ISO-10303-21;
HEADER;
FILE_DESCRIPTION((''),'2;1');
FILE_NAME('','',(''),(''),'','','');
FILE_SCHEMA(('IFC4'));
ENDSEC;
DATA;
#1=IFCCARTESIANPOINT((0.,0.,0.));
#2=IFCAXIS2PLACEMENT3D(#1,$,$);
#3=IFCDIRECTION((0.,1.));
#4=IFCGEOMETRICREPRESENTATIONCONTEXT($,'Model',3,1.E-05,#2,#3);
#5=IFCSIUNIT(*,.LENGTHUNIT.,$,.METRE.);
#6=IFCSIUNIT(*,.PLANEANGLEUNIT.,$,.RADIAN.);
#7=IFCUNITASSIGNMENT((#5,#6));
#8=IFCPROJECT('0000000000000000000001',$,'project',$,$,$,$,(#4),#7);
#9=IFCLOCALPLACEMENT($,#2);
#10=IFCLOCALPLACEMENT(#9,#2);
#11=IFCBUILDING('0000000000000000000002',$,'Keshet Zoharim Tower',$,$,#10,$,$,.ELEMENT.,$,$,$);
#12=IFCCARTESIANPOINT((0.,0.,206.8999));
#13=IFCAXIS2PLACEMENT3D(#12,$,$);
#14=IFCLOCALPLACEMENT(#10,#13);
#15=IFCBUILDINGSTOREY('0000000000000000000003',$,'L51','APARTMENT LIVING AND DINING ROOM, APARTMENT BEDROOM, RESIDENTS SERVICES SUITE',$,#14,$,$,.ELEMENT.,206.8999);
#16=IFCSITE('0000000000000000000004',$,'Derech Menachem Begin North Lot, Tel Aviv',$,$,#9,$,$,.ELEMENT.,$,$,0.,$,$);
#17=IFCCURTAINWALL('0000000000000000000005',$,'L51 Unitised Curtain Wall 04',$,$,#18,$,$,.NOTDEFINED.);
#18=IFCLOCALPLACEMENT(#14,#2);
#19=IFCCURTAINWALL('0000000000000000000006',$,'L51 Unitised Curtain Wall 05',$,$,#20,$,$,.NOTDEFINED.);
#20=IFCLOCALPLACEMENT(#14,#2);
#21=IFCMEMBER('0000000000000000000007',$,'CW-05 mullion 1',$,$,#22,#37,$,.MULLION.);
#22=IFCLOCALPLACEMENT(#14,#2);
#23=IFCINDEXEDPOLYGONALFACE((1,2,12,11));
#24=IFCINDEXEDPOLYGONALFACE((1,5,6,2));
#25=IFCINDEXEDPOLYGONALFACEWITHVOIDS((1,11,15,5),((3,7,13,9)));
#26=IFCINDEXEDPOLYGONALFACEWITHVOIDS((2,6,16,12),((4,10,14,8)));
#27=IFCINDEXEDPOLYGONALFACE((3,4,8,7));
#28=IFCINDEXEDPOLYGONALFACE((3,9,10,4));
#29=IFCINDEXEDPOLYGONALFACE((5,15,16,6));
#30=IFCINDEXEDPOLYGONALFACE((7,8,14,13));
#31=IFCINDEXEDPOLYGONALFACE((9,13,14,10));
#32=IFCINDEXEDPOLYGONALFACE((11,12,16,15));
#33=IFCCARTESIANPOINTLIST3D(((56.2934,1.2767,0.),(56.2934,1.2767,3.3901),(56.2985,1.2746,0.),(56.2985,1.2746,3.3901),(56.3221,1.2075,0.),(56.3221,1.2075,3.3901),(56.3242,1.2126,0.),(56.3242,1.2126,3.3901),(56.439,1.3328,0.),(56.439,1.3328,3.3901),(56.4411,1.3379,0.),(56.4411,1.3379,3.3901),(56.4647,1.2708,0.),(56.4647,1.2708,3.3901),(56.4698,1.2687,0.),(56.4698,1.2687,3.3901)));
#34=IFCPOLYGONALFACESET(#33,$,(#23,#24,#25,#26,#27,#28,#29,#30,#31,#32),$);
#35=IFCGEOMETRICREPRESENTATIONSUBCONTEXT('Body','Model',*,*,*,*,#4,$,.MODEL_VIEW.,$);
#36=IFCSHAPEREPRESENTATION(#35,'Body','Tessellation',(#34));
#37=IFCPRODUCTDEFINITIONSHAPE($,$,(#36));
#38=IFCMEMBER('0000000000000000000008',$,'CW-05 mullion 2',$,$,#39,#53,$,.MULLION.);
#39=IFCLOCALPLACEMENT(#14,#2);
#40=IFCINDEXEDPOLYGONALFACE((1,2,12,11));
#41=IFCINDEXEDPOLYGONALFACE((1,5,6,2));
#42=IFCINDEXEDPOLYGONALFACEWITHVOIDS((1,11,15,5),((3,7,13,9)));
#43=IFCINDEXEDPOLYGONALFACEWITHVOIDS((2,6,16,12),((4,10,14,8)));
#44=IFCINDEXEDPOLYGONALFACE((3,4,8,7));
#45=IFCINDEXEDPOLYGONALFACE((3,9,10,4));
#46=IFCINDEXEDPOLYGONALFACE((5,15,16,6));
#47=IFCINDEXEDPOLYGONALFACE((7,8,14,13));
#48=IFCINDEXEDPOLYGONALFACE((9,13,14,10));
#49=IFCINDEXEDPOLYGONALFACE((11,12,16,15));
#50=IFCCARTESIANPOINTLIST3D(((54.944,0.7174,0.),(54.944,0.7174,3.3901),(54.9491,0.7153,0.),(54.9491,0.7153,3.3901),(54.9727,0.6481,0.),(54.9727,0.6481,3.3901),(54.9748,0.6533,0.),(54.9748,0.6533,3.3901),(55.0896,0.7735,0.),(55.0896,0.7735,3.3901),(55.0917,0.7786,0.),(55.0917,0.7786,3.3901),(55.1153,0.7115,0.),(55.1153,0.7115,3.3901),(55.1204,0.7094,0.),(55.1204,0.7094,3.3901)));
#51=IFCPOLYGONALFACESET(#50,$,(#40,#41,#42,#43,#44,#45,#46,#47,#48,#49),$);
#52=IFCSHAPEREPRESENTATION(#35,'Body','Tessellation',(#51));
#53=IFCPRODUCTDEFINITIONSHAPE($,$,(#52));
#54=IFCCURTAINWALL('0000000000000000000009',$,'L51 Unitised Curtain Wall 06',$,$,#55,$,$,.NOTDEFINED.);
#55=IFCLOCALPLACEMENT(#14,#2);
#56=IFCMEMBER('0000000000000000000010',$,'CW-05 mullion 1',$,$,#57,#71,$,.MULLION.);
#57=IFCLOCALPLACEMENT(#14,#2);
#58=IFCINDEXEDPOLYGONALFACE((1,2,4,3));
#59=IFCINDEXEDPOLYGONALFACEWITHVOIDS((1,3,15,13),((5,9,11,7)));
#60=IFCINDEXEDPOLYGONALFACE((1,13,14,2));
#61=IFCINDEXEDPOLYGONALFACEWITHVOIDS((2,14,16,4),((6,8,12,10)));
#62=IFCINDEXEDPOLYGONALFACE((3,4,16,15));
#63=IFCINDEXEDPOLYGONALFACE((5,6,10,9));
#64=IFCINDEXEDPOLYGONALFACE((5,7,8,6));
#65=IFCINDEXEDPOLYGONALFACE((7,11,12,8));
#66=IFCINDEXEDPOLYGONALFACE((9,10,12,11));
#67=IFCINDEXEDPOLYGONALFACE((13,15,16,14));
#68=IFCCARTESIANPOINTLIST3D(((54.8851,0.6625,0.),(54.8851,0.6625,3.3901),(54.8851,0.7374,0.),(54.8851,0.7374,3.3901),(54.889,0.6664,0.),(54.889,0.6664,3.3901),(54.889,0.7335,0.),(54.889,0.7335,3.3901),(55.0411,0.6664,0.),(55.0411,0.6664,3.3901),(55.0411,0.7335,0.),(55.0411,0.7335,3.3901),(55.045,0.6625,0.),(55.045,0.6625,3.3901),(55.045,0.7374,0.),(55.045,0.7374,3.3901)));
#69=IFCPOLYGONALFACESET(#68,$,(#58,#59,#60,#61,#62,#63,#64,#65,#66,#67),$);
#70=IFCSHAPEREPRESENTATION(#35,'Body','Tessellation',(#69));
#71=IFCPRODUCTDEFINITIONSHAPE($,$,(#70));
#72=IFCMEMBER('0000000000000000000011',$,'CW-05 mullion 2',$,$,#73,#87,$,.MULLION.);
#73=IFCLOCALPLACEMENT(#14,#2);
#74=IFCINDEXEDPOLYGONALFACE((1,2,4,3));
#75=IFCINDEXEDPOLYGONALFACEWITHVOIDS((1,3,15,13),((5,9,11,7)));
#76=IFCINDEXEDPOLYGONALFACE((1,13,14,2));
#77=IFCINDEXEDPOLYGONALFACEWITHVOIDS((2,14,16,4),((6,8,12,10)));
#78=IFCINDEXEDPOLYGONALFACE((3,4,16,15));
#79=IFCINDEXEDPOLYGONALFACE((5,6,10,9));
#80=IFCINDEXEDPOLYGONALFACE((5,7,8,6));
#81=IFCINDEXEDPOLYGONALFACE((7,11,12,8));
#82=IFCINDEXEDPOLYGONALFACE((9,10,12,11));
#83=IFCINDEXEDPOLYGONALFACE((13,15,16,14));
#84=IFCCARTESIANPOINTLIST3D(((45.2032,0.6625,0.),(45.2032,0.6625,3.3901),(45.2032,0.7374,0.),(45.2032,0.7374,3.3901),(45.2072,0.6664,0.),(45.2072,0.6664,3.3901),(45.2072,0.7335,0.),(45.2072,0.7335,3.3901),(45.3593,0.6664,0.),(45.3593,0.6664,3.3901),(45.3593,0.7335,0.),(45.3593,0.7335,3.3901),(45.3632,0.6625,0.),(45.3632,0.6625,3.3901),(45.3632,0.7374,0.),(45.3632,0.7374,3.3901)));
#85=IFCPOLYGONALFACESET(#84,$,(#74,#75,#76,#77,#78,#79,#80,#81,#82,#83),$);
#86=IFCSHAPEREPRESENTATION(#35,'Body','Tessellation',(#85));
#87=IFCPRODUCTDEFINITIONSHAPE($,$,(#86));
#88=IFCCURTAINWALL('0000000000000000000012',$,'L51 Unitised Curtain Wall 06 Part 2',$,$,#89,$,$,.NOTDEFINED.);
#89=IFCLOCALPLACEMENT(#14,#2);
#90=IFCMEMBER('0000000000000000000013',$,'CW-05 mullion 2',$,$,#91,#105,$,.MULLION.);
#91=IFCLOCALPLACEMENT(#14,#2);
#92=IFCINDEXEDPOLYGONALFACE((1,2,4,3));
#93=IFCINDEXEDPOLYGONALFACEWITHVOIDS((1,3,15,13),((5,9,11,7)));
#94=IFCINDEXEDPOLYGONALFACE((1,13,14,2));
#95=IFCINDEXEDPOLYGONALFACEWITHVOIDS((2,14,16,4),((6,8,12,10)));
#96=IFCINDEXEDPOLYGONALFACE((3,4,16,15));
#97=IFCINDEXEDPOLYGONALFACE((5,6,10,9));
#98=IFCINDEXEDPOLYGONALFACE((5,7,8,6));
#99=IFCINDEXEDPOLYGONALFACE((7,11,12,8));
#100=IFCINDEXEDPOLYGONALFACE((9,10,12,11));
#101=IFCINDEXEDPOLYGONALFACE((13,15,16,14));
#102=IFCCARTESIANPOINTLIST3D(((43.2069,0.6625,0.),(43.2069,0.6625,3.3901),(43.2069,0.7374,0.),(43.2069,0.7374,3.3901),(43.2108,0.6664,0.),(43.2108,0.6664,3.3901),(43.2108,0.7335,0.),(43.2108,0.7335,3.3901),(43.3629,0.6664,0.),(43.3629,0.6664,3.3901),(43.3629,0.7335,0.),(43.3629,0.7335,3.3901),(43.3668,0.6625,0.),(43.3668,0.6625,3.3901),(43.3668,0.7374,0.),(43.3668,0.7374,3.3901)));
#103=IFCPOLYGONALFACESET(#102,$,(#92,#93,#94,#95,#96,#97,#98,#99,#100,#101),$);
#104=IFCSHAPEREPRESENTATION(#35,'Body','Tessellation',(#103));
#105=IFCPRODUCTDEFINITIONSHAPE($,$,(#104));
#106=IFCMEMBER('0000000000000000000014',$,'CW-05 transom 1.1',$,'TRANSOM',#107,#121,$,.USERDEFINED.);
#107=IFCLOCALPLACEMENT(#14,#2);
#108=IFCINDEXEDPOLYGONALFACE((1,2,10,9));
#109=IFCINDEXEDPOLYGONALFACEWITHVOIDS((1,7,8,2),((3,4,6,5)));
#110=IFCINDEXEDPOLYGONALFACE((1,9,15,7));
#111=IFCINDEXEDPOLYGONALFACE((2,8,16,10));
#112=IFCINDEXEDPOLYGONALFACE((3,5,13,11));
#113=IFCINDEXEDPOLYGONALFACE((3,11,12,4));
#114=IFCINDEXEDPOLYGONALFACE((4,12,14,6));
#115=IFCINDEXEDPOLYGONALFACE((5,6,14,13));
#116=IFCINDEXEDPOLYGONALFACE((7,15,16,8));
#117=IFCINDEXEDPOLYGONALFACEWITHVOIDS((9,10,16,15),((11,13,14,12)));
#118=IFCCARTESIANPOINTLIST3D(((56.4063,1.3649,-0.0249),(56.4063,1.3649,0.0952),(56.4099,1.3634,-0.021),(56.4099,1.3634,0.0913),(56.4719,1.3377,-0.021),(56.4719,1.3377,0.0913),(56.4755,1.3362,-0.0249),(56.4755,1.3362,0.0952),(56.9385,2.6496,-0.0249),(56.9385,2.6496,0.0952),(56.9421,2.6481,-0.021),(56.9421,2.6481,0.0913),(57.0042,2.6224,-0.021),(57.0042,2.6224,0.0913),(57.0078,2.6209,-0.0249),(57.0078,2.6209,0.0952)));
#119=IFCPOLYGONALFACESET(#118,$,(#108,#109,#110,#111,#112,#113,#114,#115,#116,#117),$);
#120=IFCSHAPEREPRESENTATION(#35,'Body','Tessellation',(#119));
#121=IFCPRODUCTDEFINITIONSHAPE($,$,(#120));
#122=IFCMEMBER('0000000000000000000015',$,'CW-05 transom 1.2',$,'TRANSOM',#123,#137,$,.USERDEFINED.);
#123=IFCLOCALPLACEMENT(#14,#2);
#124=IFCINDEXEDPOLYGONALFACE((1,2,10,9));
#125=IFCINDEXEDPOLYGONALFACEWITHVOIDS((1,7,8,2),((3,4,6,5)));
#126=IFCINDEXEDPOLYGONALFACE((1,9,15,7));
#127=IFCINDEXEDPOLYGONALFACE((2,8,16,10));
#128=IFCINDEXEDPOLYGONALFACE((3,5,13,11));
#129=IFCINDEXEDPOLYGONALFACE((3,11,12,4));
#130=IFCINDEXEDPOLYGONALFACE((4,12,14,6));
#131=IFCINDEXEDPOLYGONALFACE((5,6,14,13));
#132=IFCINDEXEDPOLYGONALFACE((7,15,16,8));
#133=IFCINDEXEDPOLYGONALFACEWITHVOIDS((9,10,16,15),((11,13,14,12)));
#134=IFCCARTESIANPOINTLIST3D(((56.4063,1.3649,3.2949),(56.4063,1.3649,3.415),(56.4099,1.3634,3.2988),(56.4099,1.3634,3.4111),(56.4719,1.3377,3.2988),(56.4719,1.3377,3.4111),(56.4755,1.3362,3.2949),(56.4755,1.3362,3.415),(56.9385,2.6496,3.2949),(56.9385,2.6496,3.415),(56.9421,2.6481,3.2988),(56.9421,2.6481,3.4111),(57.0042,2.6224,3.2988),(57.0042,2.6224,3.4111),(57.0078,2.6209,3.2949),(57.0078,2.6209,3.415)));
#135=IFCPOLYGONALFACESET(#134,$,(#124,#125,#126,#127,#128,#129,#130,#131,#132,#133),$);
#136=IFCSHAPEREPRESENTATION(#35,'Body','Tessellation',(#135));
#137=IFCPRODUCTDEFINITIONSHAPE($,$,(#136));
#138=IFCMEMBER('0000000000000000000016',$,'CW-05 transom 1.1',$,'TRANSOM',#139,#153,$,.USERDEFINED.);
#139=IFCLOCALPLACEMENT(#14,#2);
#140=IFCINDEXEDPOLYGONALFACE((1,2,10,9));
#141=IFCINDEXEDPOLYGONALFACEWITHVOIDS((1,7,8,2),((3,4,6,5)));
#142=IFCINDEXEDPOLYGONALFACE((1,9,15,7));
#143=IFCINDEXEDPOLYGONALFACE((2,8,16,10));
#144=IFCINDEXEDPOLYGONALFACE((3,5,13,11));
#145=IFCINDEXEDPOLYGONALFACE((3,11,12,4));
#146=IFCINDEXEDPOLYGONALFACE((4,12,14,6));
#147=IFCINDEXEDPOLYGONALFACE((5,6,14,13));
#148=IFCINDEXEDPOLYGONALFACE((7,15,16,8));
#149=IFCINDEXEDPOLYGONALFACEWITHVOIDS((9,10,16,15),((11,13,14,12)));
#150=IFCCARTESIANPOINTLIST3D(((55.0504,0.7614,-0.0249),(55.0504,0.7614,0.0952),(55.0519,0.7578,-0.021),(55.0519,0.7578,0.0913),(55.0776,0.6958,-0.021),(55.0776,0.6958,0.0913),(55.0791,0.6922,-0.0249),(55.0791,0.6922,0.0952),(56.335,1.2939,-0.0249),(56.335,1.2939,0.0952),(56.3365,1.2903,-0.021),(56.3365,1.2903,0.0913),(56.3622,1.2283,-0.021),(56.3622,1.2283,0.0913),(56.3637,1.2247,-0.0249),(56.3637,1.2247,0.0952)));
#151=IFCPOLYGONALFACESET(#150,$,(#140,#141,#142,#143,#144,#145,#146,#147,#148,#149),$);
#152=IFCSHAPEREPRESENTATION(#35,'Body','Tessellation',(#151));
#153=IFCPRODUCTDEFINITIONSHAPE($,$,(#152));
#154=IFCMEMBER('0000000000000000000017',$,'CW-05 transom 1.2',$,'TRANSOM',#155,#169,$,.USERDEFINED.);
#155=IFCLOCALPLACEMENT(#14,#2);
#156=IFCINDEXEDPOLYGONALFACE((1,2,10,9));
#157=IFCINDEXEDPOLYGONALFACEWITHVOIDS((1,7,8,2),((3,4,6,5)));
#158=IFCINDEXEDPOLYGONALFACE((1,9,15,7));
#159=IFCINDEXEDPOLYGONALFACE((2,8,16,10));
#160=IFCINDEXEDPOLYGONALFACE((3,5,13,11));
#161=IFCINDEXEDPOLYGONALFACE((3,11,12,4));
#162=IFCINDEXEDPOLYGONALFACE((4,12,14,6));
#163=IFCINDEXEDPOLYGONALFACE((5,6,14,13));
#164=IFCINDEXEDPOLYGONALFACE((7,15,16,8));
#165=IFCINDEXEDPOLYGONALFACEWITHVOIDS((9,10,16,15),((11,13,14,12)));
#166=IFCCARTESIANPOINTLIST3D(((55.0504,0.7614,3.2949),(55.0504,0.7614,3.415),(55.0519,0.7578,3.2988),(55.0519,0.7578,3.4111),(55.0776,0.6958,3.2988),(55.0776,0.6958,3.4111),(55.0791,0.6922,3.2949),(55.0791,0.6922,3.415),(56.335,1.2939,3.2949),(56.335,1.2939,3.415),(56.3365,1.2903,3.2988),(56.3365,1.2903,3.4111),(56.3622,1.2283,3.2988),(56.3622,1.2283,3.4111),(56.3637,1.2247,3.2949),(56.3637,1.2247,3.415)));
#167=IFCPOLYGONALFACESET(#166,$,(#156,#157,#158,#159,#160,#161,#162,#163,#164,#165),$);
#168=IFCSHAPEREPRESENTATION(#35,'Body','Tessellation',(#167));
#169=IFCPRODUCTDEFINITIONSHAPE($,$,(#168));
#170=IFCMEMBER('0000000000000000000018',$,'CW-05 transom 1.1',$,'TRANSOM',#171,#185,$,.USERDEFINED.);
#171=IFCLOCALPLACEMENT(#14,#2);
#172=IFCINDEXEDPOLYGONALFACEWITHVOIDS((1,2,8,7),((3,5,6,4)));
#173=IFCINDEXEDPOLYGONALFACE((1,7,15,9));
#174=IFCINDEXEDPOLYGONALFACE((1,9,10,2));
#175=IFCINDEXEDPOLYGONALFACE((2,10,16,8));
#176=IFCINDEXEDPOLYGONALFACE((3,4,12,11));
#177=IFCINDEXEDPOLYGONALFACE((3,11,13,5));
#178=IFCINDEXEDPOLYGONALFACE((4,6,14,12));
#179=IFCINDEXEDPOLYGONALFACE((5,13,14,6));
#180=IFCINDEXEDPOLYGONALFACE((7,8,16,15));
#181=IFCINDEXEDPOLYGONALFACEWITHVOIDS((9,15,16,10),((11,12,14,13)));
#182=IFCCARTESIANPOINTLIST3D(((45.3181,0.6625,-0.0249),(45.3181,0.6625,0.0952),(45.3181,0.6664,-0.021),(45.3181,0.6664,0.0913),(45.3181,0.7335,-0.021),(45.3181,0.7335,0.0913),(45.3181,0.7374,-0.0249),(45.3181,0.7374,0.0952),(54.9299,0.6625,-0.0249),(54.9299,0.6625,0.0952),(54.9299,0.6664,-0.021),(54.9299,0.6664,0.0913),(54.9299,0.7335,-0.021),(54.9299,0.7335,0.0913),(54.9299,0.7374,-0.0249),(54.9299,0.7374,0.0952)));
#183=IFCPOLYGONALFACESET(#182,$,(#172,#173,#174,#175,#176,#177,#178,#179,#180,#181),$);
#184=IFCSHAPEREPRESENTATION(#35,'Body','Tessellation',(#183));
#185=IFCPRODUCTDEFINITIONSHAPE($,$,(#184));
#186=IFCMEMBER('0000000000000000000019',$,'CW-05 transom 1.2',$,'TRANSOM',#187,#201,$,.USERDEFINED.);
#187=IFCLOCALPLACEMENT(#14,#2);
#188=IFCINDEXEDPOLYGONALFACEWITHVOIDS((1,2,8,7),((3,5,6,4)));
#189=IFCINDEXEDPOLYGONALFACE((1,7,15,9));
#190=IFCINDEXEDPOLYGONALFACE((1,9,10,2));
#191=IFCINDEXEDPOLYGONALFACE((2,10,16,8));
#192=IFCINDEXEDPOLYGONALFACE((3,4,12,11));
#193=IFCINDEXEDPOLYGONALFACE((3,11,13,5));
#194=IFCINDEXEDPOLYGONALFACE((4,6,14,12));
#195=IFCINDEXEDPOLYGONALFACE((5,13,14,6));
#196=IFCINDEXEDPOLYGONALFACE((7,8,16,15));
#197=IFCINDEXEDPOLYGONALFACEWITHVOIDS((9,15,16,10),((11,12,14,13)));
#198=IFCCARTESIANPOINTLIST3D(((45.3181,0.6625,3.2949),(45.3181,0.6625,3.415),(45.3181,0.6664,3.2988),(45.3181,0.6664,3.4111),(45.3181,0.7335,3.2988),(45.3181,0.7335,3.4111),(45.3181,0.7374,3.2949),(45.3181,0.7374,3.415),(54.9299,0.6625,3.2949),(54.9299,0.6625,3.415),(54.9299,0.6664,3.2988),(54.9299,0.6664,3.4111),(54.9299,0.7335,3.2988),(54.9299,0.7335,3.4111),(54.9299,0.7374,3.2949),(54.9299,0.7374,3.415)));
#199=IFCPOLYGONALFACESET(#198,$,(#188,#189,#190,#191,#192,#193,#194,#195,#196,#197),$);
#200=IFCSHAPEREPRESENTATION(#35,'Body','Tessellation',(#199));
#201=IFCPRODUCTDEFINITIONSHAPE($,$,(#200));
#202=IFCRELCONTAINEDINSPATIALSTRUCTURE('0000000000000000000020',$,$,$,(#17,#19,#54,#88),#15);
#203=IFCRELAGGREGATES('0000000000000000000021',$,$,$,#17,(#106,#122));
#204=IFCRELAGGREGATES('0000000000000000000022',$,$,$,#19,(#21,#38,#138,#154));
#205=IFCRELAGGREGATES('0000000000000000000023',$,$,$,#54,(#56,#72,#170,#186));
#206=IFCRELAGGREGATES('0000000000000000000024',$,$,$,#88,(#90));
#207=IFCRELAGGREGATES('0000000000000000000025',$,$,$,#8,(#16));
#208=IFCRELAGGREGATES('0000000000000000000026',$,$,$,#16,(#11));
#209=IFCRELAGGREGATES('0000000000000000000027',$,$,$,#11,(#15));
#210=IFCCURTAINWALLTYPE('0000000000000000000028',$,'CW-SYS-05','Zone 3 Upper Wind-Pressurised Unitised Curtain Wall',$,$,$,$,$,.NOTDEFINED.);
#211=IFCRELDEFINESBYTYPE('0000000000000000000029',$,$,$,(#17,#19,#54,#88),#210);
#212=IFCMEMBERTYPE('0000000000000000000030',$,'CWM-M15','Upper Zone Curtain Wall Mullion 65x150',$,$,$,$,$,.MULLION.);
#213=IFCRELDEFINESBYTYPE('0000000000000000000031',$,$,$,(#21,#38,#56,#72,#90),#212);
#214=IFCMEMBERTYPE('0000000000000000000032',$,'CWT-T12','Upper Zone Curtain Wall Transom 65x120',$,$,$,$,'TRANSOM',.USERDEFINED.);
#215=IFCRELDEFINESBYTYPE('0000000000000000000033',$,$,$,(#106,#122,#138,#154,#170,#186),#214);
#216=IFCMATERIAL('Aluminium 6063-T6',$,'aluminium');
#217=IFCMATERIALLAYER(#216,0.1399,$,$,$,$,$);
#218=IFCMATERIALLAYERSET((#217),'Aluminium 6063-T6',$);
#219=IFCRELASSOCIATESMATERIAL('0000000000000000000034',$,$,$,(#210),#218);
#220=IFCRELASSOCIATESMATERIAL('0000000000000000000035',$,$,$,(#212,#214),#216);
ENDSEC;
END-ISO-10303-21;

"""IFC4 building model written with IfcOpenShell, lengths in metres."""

from ifc_helpers import new_model, si_unit, direction, frame, origin, origin_2d, place, context, subcontext, project, spatial, hollow_rectangle, extrude, material, layer, layer_set, material_profile, profile_set, type_object, element, aggregate, save


model = new_model("IFC4")

# Units and contexts
model_context = context("Model", 3, precision=1e-05, world=origin(), true_north=direction((0.0, 1.0)))
body_context = subcontext(model_context, "Body", "Model", "MODEL_VIEW")
ifc_project = project(units=[si_unit("LENGTHUNIT", "METRE"), si_unit("PLANEANGLEUNIT", "RADIAN")], contexts=[model_context])

# Site, building, storey
site_placement = place(None, origin())
site = spatial("IfcSite", under=ifc_project, at=site_placement, Name="Derech Menachem Begin North Lot, Tel Aviv", CompositionType="ELEMENT", RefElevation=0.0)
building_placement = place(site_placement, origin())
building = spatial("IfcBuilding", under=site, at=building_placement, Name="Keshet Zoharim Tower", CompositionType="ELEMENT")
storey_placement = place(building_placement, frame((0.0, 0.0, 206.8999)))
storey = spatial("IfcBuildingStorey", under=building, at=storey_placement, Name="L51", Description="APARTMENT LIVING AND DINING ROOM, APARTMENT BEDROOM, RESIDENTS SERVICES SUITE", CompositionType="ELEMENT", Elevation=206.8999)

# Shared definitions
ifc_material_1 = material(Name="Aluminium 6063-T6", Category="aluminium")
ifc_layer_1 = layer(ifc_material_1, 0.1399)
ifc_layer_set_1 = layer_set([ifc_layer_1], Name="Aluminium 6063-T6")
curtain_wall_type = type_object("IfcCurtainWallType", Name="CW-SYS-05", Description="Zone 3 Upper Wind-Pressurised Unitised Curtain Wall", PredefinedType="NOTDEFINED", material=ifc_layer_set_1)
ifc_material_profile_1 = material_profile(ifc_material_1, hollow_rectangle(XDim=0.075, YDim=0.1599, WallThickness=0.0039, at=origin_2d()), Name="MUL-75x160")
ifc_profile_set_1 = profile_set([ifc_material_profile_1], Name="Aluminium 6063-T6")
member_type_1 = type_object("IfcMemberType", Name="CWM-M15", Description="Upper Zone Curtain Wall Mullion 65x150", PredefinedType="MULLION", material=ifc_profile_set_1)

# Curtain walls, members
curtain_wall_1_placement = place(storey_placement, origin())
curtain_wall_1 = element("IfcCurtainWall", 1, at=curtain_wall_1_placement, inside=storey, type_object=curtain_wall_type, Name="L51 Unitised Curtain Wall 04", PredefinedType="NOTDEFINED")
curtain_wall_2_placement = place(storey_placement, origin())
curtain_wall_2 = element("IfcCurtainWall", 2, at=curtain_wall_2_placement, inside=storey, type_object=curtain_wall_type, Name="L51 Unitised Curtain Wall 05", PredefinedType="NOTDEFINED")
member_1_placement = place(storey_placement, frame((56.3816, 1.2727, 0.0), z_axis=(0.0, 0.0, 1.0), x_axis=(0.382852, -0.92381, 0.0)))
member_1 = element("IfcMember", 3, at=member_1_placement, type_object=member_type_1, Name="CW-05 mullion 1", PredefinedType="MULLION", context=body_context, shape_type="SweptSolid", body=[
    extrude(hollow_rectangle(XDim=0.075, YDim=0.1599, WallThickness=0.0039, at=origin_2d()), origin(), (0.0, 0.0, 1.0), 3.3901),
])
member_2_placement = place(storey_placement, frame((55.0322, 0.7134, 0.0), z_axis=(0.0, 0.0, 1.0), x_axis=(0.382852, -0.92381, 0.0)))
member_2 = element("IfcMember", 4, at=member_2_placement, type_object=member_type_1, Name="CW-05 mullion 2", PredefinedType="MULLION", context=body_context, shape_type="SweptSolid", body=[
    extrude(hollow_rectangle(XDim=0.075, YDim=0.1599, WallThickness=0.0039, at=origin_2d()), origin(), (0.0, 0.0, 1.0), 3.3901),
])
curtain_wall_3_placement = place(storey_placement, origin())
curtain_wall_3 = element("IfcCurtainWall", 5, at=curtain_wall_3_placement, inside=storey, type_object=curtain_wall_type, Name="L51 Unitised Curtain Wall 06", PredefinedType="NOTDEFINED")
member_3_placement = place(storey_placement, frame((54.9651, 0.7, 0.0), z_axis=(0.0, 0.0, 1.0), x_axis=(0.0, -1.0, 0.0)))
member_3 = element("IfcMember", 6, at=member_3_placement, type_object=member_type_1, Name="CW-05 mullion 1", PredefinedType="MULLION", context=body_context, shape_type="SweptSolid", body=[
    extrude(hollow_rectangle(XDim=0.075, YDim=0.1599, WallThickness=0.0039, at=origin_2d()), origin(), (0.0, 0.0, 1.0), 3.3901),
])
member_4_placement = place(storey_placement, frame((45.2832, 0.7, 0.0), z_axis=(0.0, 0.0, 1.0), x_axis=(0.0, -1.0, 0.0)))
member_4 = element("IfcMember", 7, at=member_4_placement, type_object=member_type_1, Name="CW-05 mullion 2", PredefinedType="MULLION", context=body_context, shape_type="SweptSolid", body=[
    extrude(hollow_rectangle(XDim=0.075, YDim=0.1599, WallThickness=0.0039, at=origin_2d()), origin(), (0.0, 0.0, 1.0), 3.3901),
])

# Curtain wall, member
curtain_wall_4_placement = place(storey_placement, origin())
curtain_wall_4 = element("IfcCurtainWall", 8, at=curtain_wall_4_placement, inside=storey, type_object=curtain_wall_type, Name="L51 Unitised Curtain Wall 06 Part 2", PredefinedType="NOTDEFINED")
member_5_placement = place(storey_placement, frame((43.2869, 0.7, 0.0), z_axis=(0.0, 0.0, 1.0), x_axis=(0.0, -1.0, 0.0)))
member_5 = element("IfcMember", 9, at=member_5_placement, type_object=member_type_1, Name="CW-05 mullion 2", PredefinedType="MULLION", context=body_context, shape_type="SweptSolid", body=[
    extrude(hollow_rectangle(XDim=0.075, YDim=0.1599, WallThickness=0.0039, at=origin_2d()), origin(), (0.0, 0.0, 1.0), 3.3901),
])

# Members
ifc_material_profile_2 = material_profile(ifc_material_1, hollow_rectangle(XDim=0.075, YDim=0.1201, WallThickness=0.0039, at=origin_2d()), Name="TRN-75x120")
ifc_profile_set_2 = profile_set([ifc_material_profile_2], Name="Aluminium 6063-T6")
member_type_2 = type_object("IfcMemberType", Name="CWT-T12", Description="Upper Zone Curtain Wall Transom 65x120", ElementType="TRANSOM", PredefinedType="USERDEFINED", material=ifc_profile_set_2)
member_6_placement = place(storey_placement, frame((56.9731, 2.6353, 0.0352), z_axis=(-0.382745, -0.923854, 0.0), x_axis=(0.923854, -0.382745, 0.0)))
member_6 = element("IfcMember", 10, at=member_6_placement, type_object=member_type_2, Name="CW-05 transom 1.1", ObjectType="TRANSOM", PredefinedType="USERDEFINED", context=body_context, shape_type="SweptSolid", body=[
    extrude(hollow_rectangle(XDim=0.075, YDim=0.1201, WallThickness=0.0039, at=origin_2d()), origin(), (0.0, 0.0, 1.0), 1.3906),
])
member_7_placement = place(storey_placement, frame((56.9731, 2.6353, 3.355), z_axis=(-0.382745, -0.923854, 0.0), x_axis=(0.923854, -0.382745, 0.0)))
member_7 = element("IfcMember", 11, at=member_7_placement, type_object=member_type_2, Name="CW-05 transom 1.2", ObjectType="TRANSOM", PredefinedType="USERDEFINED", context=body_context, shape_type="SweptSolid", body=[
    extrude(hollow_rectangle(XDim=0.075, YDim=0.1201, WallThickness=0.0039, at=origin_2d()), origin(), (0.0, 0.0, 1.0), 1.3906),
])
member_8_placement = place(storey_placement, frame((56.3494, 1.2593, 0.0352), z_axis=(-0.923792, -0.382894, 0.0), x_axis=(0.382894, -0.923792, 0.0)))
member_8 = element("IfcMember", 12, at=member_8_placement, type_object=member_type_2, Name="CW-05 transom 1.1", ObjectType="TRANSOM", PredefinedType="USERDEFINED", context=body_context, shape_type="SweptSolid", body=[
    extrude(hollow_rectangle(XDim=0.075, YDim=0.1201, WallThickness=0.0039, at=origin_2d()), origin(), (0.0, 0.0, 1.0), 1.3906),
])
member_9_placement = place(storey_placement, frame((56.3494, 1.2593, 3.355), z_axis=(-0.923792, -0.382894, 0.0), x_axis=(0.382894, -0.923792, 0.0)))
member_9 = element("IfcMember", 13, at=member_9_placement, type_object=member_type_2, Name="CW-05 transom 1.2", ObjectType="TRANSOM", PredefinedType="USERDEFINED", context=body_context, shape_type="SweptSolid", body=[
    extrude(hollow_rectangle(XDim=0.075, YDim=0.1201, WallThickness=0.0039, at=origin_2d()), origin(), (0.0, 0.0, 1.0), 1.3906),
])
member_10_placement = place(storey_placement, frame((54.9299, 0.7, 0.0352), z_axis=(-1.0, 0.0, 0.0), x_axis=(0.0, -1.0, 0.0)))
member_10 = element("IfcMember", 14, at=member_10_placement, type_object=member_type_2, Name="CW-05 transom 1.1", ObjectType="TRANSOM", PredefinedType="USERDEFINED", context=body_context, shape_type="SweptSolid", body=[
    extrude(hollow_rectangle(XDim=0.075, YDim=0.1201, WallThickness=0.0039, at=origin_2d()), origin(), (0.0, 0.0, 1.0), 9.6118),
])
member_11_placement = place(storey_placement, frame((54.9299, 0.7, 3.355), z_axis=(-1.0, 0.0, 0.0), x_axis=(0.0, -1.0, 0.0)))
member_11 = element("IfcMember", 15, at=member_11_placement, type_object=member_type_2, Name="CW-05 transom 1.2", ObjectType="TRANSOM", PredefinedType="USERDEFINED", context=body_context, shape_type="SweptSolid", body=[
    extrude(hollow_rectangle(XDim=0.075, YDim=0.1201, WallThickness=0.0039, at=origin_2d()), origin(), (0.0, 0.0, 1.0), 9.6118),
])

aggregate(curtain_wall_1, [member_6, member_7])
aggregate(curtain_wall_2, [member_1, member_2, member_8, member_9])
aggregate(curtain_wall_3, [member_3, member_4, member_10, member_11])
aggregate(curtain_wall_4, [member_5])

save(model, "model.ifc")
